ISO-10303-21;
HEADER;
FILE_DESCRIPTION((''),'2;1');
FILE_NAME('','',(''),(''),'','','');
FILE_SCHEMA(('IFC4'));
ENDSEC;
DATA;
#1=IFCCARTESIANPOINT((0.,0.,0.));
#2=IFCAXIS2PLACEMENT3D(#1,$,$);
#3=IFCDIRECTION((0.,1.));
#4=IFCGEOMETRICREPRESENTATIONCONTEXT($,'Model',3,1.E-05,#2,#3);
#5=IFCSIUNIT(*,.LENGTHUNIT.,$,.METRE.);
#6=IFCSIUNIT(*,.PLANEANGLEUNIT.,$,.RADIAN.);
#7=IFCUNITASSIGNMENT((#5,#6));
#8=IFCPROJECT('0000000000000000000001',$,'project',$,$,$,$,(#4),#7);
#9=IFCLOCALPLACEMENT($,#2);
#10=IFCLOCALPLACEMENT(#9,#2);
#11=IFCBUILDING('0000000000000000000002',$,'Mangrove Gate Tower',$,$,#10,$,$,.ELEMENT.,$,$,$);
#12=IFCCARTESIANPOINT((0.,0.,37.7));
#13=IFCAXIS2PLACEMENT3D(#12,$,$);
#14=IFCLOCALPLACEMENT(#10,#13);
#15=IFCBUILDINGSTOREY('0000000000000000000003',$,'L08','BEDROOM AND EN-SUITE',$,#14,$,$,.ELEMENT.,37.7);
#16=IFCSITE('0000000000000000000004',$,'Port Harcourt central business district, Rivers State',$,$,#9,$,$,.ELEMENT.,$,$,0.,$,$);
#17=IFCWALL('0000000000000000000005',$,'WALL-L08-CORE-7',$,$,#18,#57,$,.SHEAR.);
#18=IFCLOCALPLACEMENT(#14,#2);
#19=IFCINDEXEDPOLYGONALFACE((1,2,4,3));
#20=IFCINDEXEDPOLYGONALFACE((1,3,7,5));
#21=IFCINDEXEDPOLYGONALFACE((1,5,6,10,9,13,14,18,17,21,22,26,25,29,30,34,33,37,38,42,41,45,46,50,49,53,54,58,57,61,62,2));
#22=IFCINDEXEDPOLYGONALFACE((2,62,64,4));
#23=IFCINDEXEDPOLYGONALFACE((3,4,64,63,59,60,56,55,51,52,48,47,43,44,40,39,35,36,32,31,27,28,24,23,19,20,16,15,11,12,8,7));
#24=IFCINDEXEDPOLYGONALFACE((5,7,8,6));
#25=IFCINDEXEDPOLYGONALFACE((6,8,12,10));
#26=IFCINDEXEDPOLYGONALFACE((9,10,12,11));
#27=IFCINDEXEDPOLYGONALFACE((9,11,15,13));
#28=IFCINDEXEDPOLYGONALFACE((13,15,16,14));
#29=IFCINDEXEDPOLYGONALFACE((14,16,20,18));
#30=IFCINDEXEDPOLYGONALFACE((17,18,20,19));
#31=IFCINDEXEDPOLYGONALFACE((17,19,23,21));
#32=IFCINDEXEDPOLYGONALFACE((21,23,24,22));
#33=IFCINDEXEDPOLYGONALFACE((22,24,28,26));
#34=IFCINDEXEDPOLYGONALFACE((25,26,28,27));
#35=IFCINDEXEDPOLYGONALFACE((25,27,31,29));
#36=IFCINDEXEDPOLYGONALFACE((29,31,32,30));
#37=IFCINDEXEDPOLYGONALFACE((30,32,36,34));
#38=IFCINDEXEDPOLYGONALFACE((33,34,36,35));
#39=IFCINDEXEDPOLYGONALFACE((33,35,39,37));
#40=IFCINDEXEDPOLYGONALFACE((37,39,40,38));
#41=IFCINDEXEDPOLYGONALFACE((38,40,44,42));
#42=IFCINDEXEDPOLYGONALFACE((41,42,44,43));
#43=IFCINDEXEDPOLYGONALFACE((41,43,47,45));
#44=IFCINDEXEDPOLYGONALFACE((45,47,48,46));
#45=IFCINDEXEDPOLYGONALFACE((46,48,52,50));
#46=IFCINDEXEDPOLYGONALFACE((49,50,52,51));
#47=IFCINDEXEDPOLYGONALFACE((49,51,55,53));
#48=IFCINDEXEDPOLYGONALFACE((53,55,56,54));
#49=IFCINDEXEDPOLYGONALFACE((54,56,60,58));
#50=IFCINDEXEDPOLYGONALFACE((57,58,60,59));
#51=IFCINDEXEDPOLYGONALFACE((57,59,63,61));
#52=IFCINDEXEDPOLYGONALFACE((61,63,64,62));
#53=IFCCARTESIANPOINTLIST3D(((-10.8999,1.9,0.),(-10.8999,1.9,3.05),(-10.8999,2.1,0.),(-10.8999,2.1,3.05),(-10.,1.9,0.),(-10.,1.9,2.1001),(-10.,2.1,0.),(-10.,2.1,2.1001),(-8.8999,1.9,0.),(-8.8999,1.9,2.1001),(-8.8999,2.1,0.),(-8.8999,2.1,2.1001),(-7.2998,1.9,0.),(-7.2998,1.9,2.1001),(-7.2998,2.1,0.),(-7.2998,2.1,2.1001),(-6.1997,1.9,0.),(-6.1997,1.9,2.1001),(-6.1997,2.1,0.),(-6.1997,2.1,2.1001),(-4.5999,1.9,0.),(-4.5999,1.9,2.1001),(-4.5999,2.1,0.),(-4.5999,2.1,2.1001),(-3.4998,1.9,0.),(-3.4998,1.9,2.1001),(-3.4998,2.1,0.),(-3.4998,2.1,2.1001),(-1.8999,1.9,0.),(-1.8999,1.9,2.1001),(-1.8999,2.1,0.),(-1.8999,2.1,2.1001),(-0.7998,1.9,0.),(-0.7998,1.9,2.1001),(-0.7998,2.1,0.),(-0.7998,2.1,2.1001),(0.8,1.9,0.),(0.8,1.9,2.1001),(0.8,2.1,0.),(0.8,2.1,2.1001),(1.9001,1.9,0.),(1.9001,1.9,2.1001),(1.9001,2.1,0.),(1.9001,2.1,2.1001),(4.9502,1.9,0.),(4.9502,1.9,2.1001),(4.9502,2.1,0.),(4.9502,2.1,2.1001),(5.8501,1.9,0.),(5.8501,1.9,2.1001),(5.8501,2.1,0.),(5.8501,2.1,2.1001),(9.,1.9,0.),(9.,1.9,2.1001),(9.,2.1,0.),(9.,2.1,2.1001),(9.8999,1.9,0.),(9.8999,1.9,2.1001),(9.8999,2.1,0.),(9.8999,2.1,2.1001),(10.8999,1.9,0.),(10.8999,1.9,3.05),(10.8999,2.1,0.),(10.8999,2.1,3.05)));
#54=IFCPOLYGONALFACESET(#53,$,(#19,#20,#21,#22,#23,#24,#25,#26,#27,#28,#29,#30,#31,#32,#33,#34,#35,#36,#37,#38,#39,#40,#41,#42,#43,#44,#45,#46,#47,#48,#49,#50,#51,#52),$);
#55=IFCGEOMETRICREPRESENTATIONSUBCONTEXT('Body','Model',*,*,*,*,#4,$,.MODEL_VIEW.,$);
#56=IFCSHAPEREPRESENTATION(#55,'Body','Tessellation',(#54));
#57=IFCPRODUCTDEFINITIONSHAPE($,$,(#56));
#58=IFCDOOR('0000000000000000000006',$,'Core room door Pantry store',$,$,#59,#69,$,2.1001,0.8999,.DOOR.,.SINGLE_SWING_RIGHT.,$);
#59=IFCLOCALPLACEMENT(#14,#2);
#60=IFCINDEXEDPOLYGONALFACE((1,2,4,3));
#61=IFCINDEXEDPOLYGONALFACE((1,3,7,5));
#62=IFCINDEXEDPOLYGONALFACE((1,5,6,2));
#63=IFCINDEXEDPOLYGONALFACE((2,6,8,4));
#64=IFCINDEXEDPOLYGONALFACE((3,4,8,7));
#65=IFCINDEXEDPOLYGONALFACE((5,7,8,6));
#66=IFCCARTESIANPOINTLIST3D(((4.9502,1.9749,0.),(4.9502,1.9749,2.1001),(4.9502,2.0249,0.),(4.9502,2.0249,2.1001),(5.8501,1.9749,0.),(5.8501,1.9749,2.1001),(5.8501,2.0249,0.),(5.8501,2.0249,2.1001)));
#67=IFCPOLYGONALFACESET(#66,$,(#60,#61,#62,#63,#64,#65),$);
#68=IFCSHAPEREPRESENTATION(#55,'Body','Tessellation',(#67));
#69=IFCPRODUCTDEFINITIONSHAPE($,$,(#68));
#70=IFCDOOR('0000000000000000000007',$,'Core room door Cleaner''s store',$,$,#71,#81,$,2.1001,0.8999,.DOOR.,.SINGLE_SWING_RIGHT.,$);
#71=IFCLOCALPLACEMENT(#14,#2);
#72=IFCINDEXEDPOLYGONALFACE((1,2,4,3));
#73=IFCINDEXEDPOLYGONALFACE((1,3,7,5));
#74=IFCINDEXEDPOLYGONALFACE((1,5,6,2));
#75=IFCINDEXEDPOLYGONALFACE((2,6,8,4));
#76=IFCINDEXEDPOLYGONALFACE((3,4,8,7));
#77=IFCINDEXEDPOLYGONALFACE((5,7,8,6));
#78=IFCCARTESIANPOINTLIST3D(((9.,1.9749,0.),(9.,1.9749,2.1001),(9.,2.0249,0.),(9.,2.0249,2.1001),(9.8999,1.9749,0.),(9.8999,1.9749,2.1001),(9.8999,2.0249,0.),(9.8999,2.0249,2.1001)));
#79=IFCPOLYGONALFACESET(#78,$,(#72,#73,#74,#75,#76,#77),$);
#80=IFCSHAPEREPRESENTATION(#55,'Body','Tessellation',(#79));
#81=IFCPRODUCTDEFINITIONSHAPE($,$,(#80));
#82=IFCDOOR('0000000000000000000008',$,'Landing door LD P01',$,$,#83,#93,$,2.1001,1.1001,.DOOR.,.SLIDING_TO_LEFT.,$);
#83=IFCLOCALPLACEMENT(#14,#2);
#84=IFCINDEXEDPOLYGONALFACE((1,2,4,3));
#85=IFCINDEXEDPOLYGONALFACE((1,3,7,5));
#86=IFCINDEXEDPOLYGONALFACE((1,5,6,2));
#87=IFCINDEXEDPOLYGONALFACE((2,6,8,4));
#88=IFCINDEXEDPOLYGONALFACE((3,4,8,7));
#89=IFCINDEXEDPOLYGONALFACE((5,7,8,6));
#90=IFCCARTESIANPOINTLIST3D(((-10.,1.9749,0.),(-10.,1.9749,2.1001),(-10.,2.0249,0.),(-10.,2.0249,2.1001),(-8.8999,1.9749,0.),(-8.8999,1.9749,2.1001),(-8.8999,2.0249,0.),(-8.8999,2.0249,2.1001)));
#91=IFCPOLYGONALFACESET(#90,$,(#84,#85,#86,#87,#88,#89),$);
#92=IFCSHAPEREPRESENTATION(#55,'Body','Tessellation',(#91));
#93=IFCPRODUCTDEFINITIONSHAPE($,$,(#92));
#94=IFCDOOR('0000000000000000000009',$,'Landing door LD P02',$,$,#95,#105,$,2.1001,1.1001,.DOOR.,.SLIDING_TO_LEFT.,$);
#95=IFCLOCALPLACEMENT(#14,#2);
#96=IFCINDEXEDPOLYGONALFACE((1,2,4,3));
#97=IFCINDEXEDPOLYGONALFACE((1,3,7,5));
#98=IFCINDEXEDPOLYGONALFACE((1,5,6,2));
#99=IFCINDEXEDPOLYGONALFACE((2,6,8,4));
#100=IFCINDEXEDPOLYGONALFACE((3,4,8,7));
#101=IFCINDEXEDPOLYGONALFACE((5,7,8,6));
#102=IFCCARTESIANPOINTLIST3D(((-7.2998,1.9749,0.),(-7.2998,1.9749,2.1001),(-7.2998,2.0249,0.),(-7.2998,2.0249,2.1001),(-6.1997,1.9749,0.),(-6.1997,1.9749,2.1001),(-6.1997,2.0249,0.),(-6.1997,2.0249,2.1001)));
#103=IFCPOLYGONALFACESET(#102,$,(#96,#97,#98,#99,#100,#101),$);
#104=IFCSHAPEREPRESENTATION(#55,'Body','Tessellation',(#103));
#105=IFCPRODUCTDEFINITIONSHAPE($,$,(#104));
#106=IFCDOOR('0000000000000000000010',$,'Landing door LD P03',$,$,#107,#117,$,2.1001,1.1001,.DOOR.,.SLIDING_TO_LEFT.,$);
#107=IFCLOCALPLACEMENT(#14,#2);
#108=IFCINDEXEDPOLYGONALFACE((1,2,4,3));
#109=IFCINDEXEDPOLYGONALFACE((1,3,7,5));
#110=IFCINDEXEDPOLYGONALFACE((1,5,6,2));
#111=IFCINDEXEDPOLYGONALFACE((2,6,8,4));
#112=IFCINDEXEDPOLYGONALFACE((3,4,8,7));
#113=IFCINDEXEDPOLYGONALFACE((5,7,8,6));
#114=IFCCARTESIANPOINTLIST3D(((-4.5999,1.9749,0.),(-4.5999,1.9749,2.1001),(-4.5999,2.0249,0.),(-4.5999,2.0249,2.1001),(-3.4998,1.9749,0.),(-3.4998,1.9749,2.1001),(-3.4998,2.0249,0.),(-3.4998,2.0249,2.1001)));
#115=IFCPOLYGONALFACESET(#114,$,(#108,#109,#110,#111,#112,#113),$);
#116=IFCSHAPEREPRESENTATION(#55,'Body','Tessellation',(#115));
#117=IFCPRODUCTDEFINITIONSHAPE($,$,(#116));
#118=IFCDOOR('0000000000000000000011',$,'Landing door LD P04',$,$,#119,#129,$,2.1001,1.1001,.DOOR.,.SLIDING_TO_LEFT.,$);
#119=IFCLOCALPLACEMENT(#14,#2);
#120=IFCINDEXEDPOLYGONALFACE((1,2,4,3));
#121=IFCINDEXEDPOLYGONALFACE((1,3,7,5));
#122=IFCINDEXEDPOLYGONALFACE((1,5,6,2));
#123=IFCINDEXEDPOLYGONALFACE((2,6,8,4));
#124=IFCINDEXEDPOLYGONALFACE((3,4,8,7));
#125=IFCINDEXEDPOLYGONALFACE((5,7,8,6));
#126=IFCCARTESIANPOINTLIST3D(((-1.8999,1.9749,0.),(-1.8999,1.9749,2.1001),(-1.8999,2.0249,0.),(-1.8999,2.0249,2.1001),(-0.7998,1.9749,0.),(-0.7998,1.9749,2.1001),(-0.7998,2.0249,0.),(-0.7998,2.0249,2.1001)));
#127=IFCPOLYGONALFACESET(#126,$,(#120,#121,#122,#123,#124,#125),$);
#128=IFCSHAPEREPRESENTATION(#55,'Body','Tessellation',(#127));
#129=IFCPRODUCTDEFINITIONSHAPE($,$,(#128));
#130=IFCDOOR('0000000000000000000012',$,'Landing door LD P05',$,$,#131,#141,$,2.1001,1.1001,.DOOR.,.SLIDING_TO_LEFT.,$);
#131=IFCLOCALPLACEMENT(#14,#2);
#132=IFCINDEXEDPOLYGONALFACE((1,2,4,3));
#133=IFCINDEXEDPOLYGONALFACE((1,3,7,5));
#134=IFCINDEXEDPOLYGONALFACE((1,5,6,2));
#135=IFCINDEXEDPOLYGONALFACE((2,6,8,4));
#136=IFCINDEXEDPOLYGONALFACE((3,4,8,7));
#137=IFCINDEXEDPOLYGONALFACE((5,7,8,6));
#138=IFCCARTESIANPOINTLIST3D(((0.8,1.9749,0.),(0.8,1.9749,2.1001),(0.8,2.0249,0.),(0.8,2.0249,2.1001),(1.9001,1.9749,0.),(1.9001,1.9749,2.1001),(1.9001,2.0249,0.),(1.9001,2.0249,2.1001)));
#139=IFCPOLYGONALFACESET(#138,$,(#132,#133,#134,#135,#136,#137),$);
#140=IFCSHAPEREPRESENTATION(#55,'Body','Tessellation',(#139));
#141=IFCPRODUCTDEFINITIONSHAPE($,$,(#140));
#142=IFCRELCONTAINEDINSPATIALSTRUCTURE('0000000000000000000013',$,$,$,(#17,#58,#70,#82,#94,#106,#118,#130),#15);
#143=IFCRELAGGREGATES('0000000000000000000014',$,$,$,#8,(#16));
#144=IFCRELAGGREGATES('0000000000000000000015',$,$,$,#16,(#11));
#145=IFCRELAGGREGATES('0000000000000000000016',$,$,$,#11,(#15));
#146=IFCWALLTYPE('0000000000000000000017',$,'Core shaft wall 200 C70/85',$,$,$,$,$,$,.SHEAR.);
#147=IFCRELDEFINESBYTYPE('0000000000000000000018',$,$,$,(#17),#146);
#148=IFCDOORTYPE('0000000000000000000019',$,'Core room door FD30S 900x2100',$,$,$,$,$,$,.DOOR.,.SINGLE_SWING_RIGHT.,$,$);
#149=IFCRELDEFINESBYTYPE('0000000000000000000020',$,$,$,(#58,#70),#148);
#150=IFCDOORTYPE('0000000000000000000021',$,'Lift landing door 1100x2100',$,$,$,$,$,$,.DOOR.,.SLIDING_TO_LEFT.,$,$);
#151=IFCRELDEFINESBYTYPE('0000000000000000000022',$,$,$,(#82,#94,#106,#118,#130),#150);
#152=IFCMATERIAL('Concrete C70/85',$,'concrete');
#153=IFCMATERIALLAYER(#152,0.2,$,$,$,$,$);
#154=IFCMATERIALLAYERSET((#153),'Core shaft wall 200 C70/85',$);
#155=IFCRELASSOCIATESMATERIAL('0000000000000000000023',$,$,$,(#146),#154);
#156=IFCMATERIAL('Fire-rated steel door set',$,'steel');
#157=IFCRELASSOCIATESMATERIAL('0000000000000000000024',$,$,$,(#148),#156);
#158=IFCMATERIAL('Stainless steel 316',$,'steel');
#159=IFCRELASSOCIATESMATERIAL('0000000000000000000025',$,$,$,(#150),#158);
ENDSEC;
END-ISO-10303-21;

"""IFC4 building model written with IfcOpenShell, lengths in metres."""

from ifc_helpers import new_model, si_unit, direction, frame, frame_2d, origin, place, context, subcontext, project, spatial, rectangle, extrude, material, layer, layer_set, type_object, element, fill, save


model = new_model("IFC4")

# Units and contexts
model_context = context("Model", 3, precision=1e-05, world=origin(), true_north=direction((0.0, 1.0)))
body_context = subcontext(model_context, "Body", "Model", "MODEL_VIEW")
ifc_project = project(units=[si_unit("LENGTHUNIT", "METRE"), si_unit("PLANEANGLEUNIT", "RADIAN")], contexts=[model_context])

# Site, building, storey
site_placement = place(None, origin())
site = spatial("IfcSite", under=ifc_project, at=site_placement, Name="Port Harcourt central business district, Rivers State", CompositionType="ELEMENT", RefElevation=0.0)
building_placement = place(site_placement, origin())
building = spatial("IfcBuilding", under=site, at=building_placement, Name="Mangrove Gate Tower", CompositionType="ELEMENT")
storey_placement = place(building_placement, frame((0.0, 0.0, 37.7)))
storey = spatial("IfcBuildingStorey", under=building, at=storey_placement, Name="L08", Description="BEDROOM AND EN-SUITE", CompositionType="ELEMENT", Elevation=37.7)

# Shared definitions
ifc_material_1 = material(Name="Concrete C70/85", Category="concrete")
ifc_layer_1 = layer(ifc_material_1, 0.2)
ifc_layer_set_1 = layer_set([ifc_layer_1], Name="Core shaft wall 200 C70/85")
wall_type_1 = type_object("IfcWallType", Name="Core shaft wall 200 C70/85", PredefinedType="SHEAR", material=ifc_layer_set_1)

# Wall, openings, doors
wall_1_placement = place(storey_placement, frame((-10.8999, 2.0, 0.0), z_axis=(0.0, 0.0, 1.0), x_axis=(1.0, 0.0, 0.0)))
wall_1 = element("IfcWall", 1, at=wall_1_placement, inside=storey, type_object=wall_type_1, Name="WALL-L08-CORE-7", PredefinedType="SHEAR", context=body_context, shape_type="SweptSolid", body=[
    extrude(rectangle(XDim=21.7998, YDim=0.2, at=frame_2d((10.8999, 0.0))), origin(), (0.0, 0.0, 1.0), 3.05),
])
opening_1_placement = place(wall_1_placement, frame((0.8999, 0.0, 0.0)))
opening_1 = element("IfcOpeningElement", 2, at=opening_1_placement, cuts=wall_1, PredefinedType="OPENING", context=body_context, shape_type="SweptSolid", body=[
    extrude(rectangle(XDim=1.1001, YDim=2.1001, at=frame_2d((0.55, 1.05))), frame((0.0, 0.1099, 0.0), z_axis=(0.0, -1.0, 0.0), x_axis=(1.0, 0.0, 0.0)), (0.0, 0.0, 1.0), 0.22),
])
opening_2_placement = place(wall_1_placement, frame((3.6001, 0.0, 0.0)))
opening_2 = element("IfcOpeningElement", 3, at=opening_2_placement, cuts=wall_1, PredefinedType="OPENING", context=body_context, shape_type="SweptSolid", body=[
    extrude(rectangle(XDim=1.1001, YDim=2.1001, at=frame_2d((0.55, 1.05))), frame((0.0, 0.1099, 0.0), z_axis=(0.0, -1.0, 0.0), x_axis=(1.0, 0.0, 0.0)), (0.0, 0.0, 1.0), 0.22),
])
opening_3_placement = place(wall_1_placement, frame((6.3, 0.0, 0.0)))
opening_3 = element("IfcOpeningElement", 4, at=opening_3_placement, cuts=wall_1, PredefinedType="OPENING", context=body_context, shape_type="SweptSolid", body=[
    extrude(rectangle(XDim=1.1001, YDim=2.1001, at=frame_2d((0.55, 1.05))), frame((0.0, 0.1099, 0.0), z_axis=(0.0, -1.0, 0.0), x_axis=(1.0, 0.0, 0.0)), (0.0, 0.0, 1.0), 0.22),
])
opening_4_placement = place(wall_1_placement, frame((9.0, 0.0, 0.0)))
opening_4 = element("IfcOpeningElement", 5, at=opening_4_placement, cuts=wall_1, PredefinedType="OPENING", context=body_context, shape_type="SweptSolid", body=[
    extrude(rectangle(XDim=1.1001, YDim=2.1001, at=frame_2d((0.55, 1.05))), frame((0.0, 0.1099, 0.0), z_axis=(0.0, -1.0, 0.0), x_axis=(1.0, 0.0, 0.0)), (0.0, 0.0, 1.0), 0.22),
])
opening_5_placement = place(wall_1_placement, frame((11.7, 0.0, 0.0)))
opening_5 = element("IfcOpeningElement", 6, at=opening_5_placement, cuts=wall_1, PredefinedType="OPENING", context=body_context, shape_type="SweptSolid", body=[
    extrude(rectangle(XDim=1.1001, YDim=2.1001, at=frame_2d((0.55, 1.05))), frame((0.0, 0.1099, 0.0), z_axis=(0.0, -1.0, 0.0), x_axis=(1.0, 0.0, 0.0)), (0.0, 0.0, 1.0), 0.22),
])
opening_6_placement = place(wall_1_placement, frame((15.8501, 0.0, 0.0)))
opening_6 = element("IfcOpeningElement", 7, at=opening_6_placement, cuts=wall_1, PredefinedType="OPENING", context=body_context, shape_type="SweptSolid", body=[
    extrude(rectangle(XDim=0.8999, YDim=2.1001, at=frame_2d((0.45, 1.05))), frame((0.0, 0.1099, 0.0), z_axis=(0.0, -1.0, 0.0), x_axis=(1.0, 0.0, 0.0)), (0.0, 0.0, 1.0), 0.22),
])
opening_7_placement = place(wall_1_placement, frame((19.8999, 0.0, 0.0)))
opening_7 = element("IfcOpeningElement", 8, at=opening_7_placement, cuts=wall_1, PredefinedType="OPENING", context=body_context, shape_type="SweptSolid", body=[
    extrude(rectangle(XDim=0.8999, YDim=2.1001, at=frame_2d((0.45, 1.05))), frame((0.0, 0.1099, 0.0), z_axis=(0.0, -1.0, 0.0), x_axis=(1.0, 0.0, 0.0)), (0.0, 0.0, 1.0), 0.22),
])
ifc_material_2 = material(Name="Fire-rated steel door set", Category="steel")
door_type_1 = type_object("IfcDoorType", Name="Core room door FD30S 900x2100", OperationType="SINGLE_SWING_RIGHT", PredefinedType="DOOR", material=ifc_material_2)
door_1_placement = place(opening_6_placement, origin())
door_1 = element("IfcDoor", 9, at=door_1_placement, inside=storey, type_object=door_type_1, Name="Core room door Pantry store", OperationType="SINGLE_SWING_RIGHT", OverallHeight=2.1001, OverallWidth=0.8999, PredefinedType="DOOR", context=body_context, shape_type="SweptSolid", body=[
    extrude(rectangle(XDim=0.8999, YDim=2.1001, at=frame_2d((0.45, 1.05))), frame((0.0, 0.0249, 0.0), z_axis=(0.0, -1.0, 0.0), x_axis=(1.0, 0.0, 0.0)), (0.0, 0.0, 1.0), 0.05),
])
fill(opening_6, door_1)
door_2_placement = place(opening_7_placement, origin())
door_2 = element("IfcDoor", 10, at=door_2_placement, inside=storey, type_object=door_type_1, Name="Core room door Cleaner's store", OperationType="SINGLE_SWING_RIGHT", OverallHeight=2.1001, OverallWidth=0.8999, PredefinedType="DOOR", context=body_context, shape_type="SweptSolid", body=[
    extrude(rectangle(XDim=0.8999, YDim=2.1001, at=frame_2d((0.45, 1.05))), frame((0.0, 0.0249, 0.0), z_axis=(0.0, -1.0, 0.0), x_axis=(1.0, 0.0, 0.0)), (0.0, 0.0, 1.0), 0.05),
])
fill(opening_7, door_2)
ifc_material_3 = material(Name="Stainless steel 316", Category="steel")
door_type_2 = type_object("IfcDoorType", Name="Lift landing door 1100x2100", OperationType="SLIDING_TO_LEFT", PredefinedType="DOOR", material=ifc_material_3)
door_3_placement = place(opening_1_placement, origin())
door_3 = element("IfcDoor", 11, at=door_3_placement, inside=storey, type_object=door_type_2, Name="Landing door LD P01", OperationType="SLIDING_TO_LEFT", OverallHeight=2.1001, OverallWidth=1.1001, PredefinedType="DOOR", context=body_context, shape_type="SweptSolid", body=[
    extrude(rectangle(XDim=1.1001, YDim=2.1001, at=frame_2d((0.55, 1.05))), frame((0.0, 0.0249, 0.0), z_axis=(0.0, -1.0, 0.0), x_axis=(1.0, 0.0, 0.0)), (0.0, 0.0, 1.0), 0.05),
])
fill(opening_1, door_3)
door_4_placement = place(opening_2_placement, origin())
door_4 = element("IfcDoor", 12, at=door_4_placement, inside=storey, type_object=door_type_2, Name="Landing door LD P02", OperationType="SLIDING_TO_LEFT", OverallHeight=2.1001, OverallWidth=1.1001, PredefinedType="DOOR", context=body_context, shape_type="SweptSolid", body=[
    extrude(rectangle(XDim=1.1001, YDim=2.1001, at=frame_2d((0.55, 1.05))), frame((0.0, 0.0249, 0.0), z_axis=(0.0, -1.0, 0.0), x_axis=(1.0, 0.0, 0.0)), (0.0, 0.0, 1.0), 0.05),
])
fill(opening_2, door_4)
door_5_placement = place(opening_3_placement, origin())
door_5 = element("IfcDoor", 13, at=door_5_placement, inside=storey, type_object=door_type_2, Name="Landing door LD P03", OperationType="SLIDING_TO_LEFT", OverallHeight=2.1001, OverallWidth=1.1001, PredefinedType="DOOR", context=body_context, shape_type="SweptSolid", body=[
    extrude(rectangle(XDim=1.1001, YDim=2.1001, at=frame_2d((0.55, 1.05))), frame((0.0, 0.0249, 0.0), z_axis=(0.0, -1.0, 0.0), x_axis=(1.0, 0.0, 0.0)), (0.0, 0.0, 1.0), 0.05),
])
fill(opening_3, door_5)
door_6_placement = place(opening_4_placement, origin())
door_6 = element("IfcDoor", 14, at=door_6_placement, inside=storey, type_object=door_type_2, Name="Landing door LD P04", OperationType="SLIDING_TO_LEFT", OverallHeight=2.1001, OverallWidth=1.1001, PredefinedType="DOOR", context=body_context, shape_type="SweptSolid", body=[
    extrude(rectangle(XDim=1.1001, YDim=2.1001, at=frame_2d((0.55, 1.05))), frame((0.0, 0.0249, 0.0), z_axis=(0.0, -1.0, 0.0), x_axis=(1.0, 0.0, 0.0)), (0.0, 0.0, 1.0), 0.05),
])
fill(opening_4, door_6)
door_7_placement = place(opening_5_placement, origin())
door_7 = element("IfcDoor", 15, at=door_7_placement, inside=storey, type_object=door_type_2, Name="Landing door LD P05", OperationType="SLIDING_TO_LEFT", OverallHeight=2.1001, OverallWidth=1.1001, PredefinedType="DOOR", context=body_context, shape_type="SweptSolid", body=[
    extrude(rectangle(XDim=1.1001, YDim=2.1001, at=frame_2d((0.55, 1.05))), frame((0.0, 0.0249, 0.0), z_axis=(0.0, -1.0, 0.0), x_axis=(1.0, 0.0, 0.0)), (0.0, 0.0, 1.0), 0.05),
])
fill(opening_5, door_7)

save(model, "model.ifc")
